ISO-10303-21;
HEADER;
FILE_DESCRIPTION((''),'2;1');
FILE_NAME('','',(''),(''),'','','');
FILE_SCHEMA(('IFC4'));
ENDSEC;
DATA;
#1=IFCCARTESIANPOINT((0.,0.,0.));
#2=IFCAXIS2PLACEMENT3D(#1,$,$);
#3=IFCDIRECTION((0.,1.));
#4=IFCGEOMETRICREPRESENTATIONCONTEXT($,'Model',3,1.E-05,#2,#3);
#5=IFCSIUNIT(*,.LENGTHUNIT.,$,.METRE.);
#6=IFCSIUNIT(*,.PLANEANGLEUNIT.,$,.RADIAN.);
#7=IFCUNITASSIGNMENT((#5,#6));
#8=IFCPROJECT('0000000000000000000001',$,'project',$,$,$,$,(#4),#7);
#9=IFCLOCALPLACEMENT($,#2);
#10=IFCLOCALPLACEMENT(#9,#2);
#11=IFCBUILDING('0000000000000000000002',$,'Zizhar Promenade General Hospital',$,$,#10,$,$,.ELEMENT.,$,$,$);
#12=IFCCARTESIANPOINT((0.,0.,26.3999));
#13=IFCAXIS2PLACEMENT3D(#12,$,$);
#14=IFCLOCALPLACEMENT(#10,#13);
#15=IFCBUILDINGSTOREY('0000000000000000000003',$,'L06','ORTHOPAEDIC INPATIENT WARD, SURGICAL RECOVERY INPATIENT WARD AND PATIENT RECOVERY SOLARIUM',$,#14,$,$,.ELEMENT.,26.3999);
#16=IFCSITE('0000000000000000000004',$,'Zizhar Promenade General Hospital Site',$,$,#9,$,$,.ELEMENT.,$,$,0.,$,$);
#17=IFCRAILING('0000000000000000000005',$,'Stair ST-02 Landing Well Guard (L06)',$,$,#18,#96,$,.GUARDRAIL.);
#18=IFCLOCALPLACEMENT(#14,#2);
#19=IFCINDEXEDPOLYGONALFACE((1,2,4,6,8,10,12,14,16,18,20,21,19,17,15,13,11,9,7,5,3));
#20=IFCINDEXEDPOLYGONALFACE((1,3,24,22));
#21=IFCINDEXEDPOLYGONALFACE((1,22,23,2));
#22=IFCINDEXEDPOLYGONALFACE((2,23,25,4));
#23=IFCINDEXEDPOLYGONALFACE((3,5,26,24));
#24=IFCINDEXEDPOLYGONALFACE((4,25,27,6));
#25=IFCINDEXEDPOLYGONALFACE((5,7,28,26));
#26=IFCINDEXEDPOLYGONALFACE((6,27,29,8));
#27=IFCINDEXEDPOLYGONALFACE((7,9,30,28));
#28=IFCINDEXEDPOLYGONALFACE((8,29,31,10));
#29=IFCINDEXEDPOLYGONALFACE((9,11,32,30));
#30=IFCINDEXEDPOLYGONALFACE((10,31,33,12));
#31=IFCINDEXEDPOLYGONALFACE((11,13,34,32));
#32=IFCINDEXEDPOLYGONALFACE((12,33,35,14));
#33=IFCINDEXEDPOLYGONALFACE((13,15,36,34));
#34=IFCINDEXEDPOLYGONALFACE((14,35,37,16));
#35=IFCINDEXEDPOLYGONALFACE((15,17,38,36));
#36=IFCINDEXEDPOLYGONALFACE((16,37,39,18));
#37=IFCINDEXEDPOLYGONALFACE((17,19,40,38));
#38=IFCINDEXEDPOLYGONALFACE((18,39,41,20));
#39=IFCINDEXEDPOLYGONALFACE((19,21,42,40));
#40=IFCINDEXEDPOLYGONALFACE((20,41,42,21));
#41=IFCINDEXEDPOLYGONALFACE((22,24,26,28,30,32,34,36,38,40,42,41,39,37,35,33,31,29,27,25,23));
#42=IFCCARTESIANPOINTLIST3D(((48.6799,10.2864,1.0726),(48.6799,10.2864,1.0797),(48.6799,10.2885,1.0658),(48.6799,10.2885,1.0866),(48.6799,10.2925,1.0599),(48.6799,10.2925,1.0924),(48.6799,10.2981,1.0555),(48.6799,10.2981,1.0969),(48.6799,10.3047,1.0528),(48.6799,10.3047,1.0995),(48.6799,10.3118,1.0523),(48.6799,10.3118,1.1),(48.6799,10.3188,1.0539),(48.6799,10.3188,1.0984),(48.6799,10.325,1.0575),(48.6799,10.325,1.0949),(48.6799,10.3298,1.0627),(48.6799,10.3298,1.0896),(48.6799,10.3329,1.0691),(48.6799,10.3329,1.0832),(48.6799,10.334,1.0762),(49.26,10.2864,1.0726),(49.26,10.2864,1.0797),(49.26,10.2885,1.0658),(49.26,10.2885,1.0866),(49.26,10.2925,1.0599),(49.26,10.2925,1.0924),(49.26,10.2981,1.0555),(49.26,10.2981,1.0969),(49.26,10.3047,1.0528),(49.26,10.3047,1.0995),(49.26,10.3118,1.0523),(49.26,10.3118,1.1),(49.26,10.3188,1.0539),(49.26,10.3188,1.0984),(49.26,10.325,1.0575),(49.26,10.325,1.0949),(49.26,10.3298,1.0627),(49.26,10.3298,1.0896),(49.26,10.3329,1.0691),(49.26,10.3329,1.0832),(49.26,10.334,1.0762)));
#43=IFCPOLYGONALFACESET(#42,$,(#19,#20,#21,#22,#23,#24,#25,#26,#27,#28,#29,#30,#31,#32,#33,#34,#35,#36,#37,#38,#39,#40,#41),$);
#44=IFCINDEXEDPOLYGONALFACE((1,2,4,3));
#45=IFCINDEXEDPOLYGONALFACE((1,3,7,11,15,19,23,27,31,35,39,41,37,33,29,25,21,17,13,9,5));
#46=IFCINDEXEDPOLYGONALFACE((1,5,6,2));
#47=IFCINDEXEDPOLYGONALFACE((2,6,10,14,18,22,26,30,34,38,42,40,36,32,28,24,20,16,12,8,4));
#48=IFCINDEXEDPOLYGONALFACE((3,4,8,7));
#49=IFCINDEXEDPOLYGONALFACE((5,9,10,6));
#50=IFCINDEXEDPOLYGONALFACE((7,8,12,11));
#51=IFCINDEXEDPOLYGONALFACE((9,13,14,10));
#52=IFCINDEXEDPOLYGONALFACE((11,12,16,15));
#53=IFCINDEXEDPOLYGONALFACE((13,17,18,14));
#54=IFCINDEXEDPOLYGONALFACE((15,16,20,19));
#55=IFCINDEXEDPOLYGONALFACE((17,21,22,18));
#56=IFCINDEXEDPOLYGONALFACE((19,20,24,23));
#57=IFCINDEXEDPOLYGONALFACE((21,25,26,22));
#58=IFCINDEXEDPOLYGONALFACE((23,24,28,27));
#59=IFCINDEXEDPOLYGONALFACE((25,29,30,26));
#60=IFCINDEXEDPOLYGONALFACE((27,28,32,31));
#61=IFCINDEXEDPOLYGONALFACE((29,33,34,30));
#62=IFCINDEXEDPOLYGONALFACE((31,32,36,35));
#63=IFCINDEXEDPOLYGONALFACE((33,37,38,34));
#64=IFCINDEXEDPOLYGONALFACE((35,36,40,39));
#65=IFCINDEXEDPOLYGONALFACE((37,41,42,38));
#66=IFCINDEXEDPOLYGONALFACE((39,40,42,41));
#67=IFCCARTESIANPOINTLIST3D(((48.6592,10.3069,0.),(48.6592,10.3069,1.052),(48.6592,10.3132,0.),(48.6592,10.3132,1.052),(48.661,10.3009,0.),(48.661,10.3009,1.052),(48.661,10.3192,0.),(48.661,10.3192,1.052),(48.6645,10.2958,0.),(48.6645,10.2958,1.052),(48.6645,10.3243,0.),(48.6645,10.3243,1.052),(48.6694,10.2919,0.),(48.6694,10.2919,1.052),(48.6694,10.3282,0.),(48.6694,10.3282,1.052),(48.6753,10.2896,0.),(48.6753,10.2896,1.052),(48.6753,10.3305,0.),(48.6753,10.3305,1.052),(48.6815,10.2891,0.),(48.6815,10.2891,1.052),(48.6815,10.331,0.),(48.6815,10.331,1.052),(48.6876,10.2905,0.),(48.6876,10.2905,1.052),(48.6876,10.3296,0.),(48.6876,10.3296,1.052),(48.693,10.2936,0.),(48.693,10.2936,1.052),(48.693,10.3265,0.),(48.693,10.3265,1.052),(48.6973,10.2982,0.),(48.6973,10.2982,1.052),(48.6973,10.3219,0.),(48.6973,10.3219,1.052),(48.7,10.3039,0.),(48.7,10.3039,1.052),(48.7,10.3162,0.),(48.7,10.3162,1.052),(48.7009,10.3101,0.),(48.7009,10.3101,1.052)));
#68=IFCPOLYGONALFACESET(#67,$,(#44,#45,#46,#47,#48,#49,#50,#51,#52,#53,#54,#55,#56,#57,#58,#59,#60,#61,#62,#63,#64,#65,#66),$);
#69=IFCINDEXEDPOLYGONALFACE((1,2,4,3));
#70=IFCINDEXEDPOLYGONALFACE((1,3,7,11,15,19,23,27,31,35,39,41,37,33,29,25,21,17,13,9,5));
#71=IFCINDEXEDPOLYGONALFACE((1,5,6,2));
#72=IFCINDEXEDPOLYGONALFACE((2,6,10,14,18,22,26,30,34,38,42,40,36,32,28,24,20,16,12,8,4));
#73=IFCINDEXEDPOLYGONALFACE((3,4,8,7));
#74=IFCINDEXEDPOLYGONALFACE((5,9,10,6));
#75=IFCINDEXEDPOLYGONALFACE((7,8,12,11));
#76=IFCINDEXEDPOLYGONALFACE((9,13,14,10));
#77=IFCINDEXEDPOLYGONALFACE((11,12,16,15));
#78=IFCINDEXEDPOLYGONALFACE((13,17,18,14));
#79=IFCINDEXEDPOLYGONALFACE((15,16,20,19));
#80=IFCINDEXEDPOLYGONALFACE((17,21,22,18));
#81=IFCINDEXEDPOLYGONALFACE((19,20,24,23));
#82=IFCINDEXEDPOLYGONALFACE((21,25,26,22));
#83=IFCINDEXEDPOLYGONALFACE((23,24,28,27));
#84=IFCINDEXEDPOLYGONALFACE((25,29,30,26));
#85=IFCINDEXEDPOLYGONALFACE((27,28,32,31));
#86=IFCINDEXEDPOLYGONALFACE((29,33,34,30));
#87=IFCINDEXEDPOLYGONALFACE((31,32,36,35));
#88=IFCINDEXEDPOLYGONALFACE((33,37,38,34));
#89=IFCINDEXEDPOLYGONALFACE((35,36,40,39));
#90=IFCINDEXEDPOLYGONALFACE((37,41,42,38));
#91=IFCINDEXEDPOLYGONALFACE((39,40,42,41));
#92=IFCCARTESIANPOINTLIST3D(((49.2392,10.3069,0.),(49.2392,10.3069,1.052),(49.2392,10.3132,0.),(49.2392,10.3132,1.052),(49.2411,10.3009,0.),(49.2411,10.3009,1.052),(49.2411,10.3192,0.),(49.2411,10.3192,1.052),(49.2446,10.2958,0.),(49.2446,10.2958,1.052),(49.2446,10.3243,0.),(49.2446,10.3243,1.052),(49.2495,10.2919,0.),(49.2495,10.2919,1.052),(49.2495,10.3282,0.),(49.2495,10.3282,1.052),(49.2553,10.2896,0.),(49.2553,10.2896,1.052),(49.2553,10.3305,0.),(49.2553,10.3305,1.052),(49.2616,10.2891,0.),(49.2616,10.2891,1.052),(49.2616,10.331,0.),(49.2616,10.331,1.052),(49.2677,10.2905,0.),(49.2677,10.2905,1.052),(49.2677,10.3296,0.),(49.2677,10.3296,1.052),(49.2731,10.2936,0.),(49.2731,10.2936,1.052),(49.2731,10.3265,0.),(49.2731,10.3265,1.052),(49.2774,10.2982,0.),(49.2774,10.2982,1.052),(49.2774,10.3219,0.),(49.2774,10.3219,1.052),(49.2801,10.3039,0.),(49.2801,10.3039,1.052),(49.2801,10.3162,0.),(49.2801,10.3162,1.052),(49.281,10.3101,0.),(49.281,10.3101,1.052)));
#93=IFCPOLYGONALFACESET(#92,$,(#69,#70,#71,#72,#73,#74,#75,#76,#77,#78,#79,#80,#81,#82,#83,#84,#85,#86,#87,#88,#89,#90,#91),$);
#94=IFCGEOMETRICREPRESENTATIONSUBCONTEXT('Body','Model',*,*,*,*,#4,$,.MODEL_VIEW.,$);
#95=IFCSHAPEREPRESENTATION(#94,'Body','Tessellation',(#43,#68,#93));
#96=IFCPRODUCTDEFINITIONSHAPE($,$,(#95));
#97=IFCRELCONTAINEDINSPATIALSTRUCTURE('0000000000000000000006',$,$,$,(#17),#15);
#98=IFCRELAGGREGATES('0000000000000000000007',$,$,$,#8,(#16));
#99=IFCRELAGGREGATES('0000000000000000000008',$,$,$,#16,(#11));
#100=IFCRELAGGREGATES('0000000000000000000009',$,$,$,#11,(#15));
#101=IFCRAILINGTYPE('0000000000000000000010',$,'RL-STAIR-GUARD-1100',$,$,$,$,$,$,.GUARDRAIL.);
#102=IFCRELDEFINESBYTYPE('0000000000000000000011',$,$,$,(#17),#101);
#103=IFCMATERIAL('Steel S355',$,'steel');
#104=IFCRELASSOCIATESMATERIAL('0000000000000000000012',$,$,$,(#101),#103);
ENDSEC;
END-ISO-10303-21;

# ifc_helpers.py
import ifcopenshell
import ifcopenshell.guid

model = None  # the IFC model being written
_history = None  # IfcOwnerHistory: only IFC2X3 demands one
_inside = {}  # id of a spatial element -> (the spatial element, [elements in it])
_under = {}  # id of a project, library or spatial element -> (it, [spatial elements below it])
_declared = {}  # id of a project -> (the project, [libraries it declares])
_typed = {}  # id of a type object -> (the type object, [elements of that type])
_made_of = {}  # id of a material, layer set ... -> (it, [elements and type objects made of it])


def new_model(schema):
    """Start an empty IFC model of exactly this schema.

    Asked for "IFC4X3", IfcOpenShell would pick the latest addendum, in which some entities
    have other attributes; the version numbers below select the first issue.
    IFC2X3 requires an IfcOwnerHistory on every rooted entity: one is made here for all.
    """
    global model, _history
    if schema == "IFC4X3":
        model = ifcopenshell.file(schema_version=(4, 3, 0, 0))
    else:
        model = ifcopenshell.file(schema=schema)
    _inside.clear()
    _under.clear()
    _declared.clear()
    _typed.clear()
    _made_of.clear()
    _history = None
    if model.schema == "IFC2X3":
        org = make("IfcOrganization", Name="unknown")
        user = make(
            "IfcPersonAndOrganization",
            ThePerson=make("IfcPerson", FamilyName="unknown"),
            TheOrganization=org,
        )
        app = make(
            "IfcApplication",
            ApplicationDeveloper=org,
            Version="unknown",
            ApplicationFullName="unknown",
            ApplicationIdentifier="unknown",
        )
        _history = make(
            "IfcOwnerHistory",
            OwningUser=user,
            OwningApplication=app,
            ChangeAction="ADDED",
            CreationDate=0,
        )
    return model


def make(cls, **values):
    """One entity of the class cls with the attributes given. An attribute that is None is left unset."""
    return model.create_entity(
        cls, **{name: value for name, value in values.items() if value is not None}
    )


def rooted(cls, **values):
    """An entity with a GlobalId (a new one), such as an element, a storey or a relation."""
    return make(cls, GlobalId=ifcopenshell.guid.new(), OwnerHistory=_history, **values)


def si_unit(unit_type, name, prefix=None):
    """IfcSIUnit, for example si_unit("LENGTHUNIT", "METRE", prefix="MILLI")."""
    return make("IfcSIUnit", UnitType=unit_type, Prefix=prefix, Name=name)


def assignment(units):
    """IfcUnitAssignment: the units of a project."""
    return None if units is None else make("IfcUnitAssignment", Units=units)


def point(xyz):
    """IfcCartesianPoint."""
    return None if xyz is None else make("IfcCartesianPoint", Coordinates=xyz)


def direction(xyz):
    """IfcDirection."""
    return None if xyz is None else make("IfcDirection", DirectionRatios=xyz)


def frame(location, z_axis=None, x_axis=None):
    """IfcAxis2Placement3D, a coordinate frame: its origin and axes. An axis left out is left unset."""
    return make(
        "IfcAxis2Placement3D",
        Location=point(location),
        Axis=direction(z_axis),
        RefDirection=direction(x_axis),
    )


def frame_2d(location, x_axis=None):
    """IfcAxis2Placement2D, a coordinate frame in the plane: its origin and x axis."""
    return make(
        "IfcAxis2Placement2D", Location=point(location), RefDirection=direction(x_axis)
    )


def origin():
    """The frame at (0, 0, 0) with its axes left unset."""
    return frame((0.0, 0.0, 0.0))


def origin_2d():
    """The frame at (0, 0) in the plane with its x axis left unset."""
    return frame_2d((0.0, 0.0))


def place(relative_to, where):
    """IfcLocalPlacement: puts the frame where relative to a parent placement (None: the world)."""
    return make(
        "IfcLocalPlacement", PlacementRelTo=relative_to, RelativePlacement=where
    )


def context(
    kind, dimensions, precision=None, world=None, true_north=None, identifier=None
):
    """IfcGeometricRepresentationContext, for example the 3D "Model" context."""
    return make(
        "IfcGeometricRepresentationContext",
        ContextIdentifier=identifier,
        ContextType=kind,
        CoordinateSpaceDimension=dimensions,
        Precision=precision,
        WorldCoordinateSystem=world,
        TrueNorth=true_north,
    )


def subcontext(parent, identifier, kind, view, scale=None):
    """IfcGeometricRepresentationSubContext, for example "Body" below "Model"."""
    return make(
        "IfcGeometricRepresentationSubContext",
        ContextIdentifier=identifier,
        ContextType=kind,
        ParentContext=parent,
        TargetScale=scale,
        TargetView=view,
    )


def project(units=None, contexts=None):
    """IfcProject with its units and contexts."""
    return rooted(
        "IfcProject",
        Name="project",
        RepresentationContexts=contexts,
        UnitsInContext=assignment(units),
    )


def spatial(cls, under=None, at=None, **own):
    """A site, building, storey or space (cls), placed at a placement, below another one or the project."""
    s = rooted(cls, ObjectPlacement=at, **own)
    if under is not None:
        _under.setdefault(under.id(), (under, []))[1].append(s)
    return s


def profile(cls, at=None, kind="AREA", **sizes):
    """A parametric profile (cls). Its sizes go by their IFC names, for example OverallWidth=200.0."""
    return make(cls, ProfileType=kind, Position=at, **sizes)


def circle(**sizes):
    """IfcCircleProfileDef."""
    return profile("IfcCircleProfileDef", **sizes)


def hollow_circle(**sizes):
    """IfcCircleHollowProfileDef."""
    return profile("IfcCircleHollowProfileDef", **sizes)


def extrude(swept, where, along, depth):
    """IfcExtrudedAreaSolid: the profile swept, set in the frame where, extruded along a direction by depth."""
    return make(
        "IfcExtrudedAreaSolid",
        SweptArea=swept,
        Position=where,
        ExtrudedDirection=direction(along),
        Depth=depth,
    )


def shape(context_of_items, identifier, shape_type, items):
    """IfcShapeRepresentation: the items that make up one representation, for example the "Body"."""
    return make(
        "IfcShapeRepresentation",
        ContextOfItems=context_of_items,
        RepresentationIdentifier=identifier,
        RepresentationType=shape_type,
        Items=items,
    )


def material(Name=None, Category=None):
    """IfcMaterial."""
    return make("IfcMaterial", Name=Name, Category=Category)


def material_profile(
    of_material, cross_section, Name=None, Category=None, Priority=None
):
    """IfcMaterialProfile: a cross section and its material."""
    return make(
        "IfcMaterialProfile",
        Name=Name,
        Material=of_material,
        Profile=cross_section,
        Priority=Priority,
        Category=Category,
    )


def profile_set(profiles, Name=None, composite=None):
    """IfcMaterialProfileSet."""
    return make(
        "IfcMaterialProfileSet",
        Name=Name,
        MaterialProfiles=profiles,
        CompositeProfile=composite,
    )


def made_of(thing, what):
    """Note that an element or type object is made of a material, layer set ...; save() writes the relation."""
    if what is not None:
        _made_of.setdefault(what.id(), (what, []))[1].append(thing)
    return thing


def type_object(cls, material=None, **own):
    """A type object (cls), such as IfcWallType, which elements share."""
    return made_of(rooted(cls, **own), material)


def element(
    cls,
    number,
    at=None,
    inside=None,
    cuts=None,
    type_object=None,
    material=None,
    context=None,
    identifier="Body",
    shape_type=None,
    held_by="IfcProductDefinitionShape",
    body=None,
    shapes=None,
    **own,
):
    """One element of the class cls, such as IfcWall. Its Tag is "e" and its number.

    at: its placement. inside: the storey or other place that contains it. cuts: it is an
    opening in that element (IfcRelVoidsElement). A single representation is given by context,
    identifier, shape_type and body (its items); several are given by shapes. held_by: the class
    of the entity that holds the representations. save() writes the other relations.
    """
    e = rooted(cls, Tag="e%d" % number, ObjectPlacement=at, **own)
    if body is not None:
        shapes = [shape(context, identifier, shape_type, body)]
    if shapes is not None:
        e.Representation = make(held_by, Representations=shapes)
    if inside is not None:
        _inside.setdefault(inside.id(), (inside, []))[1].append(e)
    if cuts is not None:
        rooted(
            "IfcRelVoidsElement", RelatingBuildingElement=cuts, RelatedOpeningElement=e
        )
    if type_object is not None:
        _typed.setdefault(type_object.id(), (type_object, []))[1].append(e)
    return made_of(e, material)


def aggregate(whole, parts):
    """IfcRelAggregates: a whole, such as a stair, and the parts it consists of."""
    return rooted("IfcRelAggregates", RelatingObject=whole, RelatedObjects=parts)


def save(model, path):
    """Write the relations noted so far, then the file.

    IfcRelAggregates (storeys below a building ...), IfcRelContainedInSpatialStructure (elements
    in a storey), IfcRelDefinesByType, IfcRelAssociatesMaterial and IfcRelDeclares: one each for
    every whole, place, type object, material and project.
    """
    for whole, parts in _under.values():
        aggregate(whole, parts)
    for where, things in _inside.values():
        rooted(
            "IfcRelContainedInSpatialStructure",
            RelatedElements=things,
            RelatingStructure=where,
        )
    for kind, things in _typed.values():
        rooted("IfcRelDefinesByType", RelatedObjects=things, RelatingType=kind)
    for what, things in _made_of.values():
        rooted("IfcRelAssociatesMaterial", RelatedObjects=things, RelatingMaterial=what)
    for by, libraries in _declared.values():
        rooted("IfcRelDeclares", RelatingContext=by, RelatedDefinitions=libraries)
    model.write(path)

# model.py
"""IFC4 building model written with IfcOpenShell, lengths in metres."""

from ifc_helpers import new_model, si_unit, direction, frame, origin, origin_2d, place, context, subcontext, project, spatial, circle, hollow_circle, extrude, material, material_profile, profile_set, type_object, element, save


model = new_model("IFC4")

# Units and contexts
model_context = context("Model", 3, precision=1e-05, world=origin(), true_north=direction((0.0, 1.0)))
body_context = subcontext(model_context, "Body", "Model", "MODEL_VIEW")
ifc_project = project(units=[si_unit("LENGTHUNIT", "METRE"), si_unit("PLANEANGLEUNIT", "RADIAN")], contexts=[model_context])

# Site, building, storey
site_placement = place(None, origin())
site = spatial("IfcSite", under=ifc_project, at=site_placement, Name="Zizhar Promenade General Hospital Site", CompositionType="ELEMENT", RefElevation=0.0)
building_placement = place(site_placement, origin())
building = spatial("IfcBuilding", under=site, at=building_placement, Name="Zizhar Promenade General Hospital", CompositionType="ELEMENT")
storey_placement = place(building_placement, frame((0.0, 0.0, 26.3999)))
storey = spatial("IfcBuildingStorey", under=building, at=storey_placement, Name="L06", Description="ORTHOPAEDIC INPATIENT WARD, SURGICAL RECOVERY INPATIENT WARD AND PATIENT RECOVERY SOLARIUM", CompositionType="ELEMENT", Elevation=26.3999)

# Railing
ifc_material_1 = material(Name="Steel S355", Category="steel")
ifc_material_profile_1 = material_profile(ifc_material_1, hollow_circle(Radius=0.0698, WallThickness=0.0063, at=origin_2d()))
ifc_profile_set_1 = profile_set([ifc_material_profile_1], Name="Steel S355")
railing_type = type_object("IfcRailingType", Name="RL-STAIR-GUARD-1100", PredefinedType="GUARDRAIL", material=ifc_profile_set_1)
railing_placement = place(storey_placement, frame((48.6799, 10.3101, 0.0)))
element("IfcRailing", 1, at=railing_placement, inside=storey, type_object=railing_type, Name="Stair ST-02 Landing Well Guard (L06)", PredefinedType="GUARDRAIL", context=body_context, shape_type="SweptSolid", body=[
    extrude(circle(Radius=0.0239, at=origin_2d()), frame((0.0, 0.0, 1.0762), z_axis=(1.0, 0.0, 0.0), x_axis=(0.0, 1.0, 0.0)), (0.0, 0.0, 1.0), 0.5801),
    extrude(circle(Radius=0.021, at=origin_2d()), origin(), (0.0, 0.0, 1.0), 1.052),
    extrude(circle(Radius=0.021, at=origin_2d()), frame((0.5801, 0.0, 0.0)), (0.0, 0.0, 1.0), 1.052),
])

save(model, "model.ifc")
